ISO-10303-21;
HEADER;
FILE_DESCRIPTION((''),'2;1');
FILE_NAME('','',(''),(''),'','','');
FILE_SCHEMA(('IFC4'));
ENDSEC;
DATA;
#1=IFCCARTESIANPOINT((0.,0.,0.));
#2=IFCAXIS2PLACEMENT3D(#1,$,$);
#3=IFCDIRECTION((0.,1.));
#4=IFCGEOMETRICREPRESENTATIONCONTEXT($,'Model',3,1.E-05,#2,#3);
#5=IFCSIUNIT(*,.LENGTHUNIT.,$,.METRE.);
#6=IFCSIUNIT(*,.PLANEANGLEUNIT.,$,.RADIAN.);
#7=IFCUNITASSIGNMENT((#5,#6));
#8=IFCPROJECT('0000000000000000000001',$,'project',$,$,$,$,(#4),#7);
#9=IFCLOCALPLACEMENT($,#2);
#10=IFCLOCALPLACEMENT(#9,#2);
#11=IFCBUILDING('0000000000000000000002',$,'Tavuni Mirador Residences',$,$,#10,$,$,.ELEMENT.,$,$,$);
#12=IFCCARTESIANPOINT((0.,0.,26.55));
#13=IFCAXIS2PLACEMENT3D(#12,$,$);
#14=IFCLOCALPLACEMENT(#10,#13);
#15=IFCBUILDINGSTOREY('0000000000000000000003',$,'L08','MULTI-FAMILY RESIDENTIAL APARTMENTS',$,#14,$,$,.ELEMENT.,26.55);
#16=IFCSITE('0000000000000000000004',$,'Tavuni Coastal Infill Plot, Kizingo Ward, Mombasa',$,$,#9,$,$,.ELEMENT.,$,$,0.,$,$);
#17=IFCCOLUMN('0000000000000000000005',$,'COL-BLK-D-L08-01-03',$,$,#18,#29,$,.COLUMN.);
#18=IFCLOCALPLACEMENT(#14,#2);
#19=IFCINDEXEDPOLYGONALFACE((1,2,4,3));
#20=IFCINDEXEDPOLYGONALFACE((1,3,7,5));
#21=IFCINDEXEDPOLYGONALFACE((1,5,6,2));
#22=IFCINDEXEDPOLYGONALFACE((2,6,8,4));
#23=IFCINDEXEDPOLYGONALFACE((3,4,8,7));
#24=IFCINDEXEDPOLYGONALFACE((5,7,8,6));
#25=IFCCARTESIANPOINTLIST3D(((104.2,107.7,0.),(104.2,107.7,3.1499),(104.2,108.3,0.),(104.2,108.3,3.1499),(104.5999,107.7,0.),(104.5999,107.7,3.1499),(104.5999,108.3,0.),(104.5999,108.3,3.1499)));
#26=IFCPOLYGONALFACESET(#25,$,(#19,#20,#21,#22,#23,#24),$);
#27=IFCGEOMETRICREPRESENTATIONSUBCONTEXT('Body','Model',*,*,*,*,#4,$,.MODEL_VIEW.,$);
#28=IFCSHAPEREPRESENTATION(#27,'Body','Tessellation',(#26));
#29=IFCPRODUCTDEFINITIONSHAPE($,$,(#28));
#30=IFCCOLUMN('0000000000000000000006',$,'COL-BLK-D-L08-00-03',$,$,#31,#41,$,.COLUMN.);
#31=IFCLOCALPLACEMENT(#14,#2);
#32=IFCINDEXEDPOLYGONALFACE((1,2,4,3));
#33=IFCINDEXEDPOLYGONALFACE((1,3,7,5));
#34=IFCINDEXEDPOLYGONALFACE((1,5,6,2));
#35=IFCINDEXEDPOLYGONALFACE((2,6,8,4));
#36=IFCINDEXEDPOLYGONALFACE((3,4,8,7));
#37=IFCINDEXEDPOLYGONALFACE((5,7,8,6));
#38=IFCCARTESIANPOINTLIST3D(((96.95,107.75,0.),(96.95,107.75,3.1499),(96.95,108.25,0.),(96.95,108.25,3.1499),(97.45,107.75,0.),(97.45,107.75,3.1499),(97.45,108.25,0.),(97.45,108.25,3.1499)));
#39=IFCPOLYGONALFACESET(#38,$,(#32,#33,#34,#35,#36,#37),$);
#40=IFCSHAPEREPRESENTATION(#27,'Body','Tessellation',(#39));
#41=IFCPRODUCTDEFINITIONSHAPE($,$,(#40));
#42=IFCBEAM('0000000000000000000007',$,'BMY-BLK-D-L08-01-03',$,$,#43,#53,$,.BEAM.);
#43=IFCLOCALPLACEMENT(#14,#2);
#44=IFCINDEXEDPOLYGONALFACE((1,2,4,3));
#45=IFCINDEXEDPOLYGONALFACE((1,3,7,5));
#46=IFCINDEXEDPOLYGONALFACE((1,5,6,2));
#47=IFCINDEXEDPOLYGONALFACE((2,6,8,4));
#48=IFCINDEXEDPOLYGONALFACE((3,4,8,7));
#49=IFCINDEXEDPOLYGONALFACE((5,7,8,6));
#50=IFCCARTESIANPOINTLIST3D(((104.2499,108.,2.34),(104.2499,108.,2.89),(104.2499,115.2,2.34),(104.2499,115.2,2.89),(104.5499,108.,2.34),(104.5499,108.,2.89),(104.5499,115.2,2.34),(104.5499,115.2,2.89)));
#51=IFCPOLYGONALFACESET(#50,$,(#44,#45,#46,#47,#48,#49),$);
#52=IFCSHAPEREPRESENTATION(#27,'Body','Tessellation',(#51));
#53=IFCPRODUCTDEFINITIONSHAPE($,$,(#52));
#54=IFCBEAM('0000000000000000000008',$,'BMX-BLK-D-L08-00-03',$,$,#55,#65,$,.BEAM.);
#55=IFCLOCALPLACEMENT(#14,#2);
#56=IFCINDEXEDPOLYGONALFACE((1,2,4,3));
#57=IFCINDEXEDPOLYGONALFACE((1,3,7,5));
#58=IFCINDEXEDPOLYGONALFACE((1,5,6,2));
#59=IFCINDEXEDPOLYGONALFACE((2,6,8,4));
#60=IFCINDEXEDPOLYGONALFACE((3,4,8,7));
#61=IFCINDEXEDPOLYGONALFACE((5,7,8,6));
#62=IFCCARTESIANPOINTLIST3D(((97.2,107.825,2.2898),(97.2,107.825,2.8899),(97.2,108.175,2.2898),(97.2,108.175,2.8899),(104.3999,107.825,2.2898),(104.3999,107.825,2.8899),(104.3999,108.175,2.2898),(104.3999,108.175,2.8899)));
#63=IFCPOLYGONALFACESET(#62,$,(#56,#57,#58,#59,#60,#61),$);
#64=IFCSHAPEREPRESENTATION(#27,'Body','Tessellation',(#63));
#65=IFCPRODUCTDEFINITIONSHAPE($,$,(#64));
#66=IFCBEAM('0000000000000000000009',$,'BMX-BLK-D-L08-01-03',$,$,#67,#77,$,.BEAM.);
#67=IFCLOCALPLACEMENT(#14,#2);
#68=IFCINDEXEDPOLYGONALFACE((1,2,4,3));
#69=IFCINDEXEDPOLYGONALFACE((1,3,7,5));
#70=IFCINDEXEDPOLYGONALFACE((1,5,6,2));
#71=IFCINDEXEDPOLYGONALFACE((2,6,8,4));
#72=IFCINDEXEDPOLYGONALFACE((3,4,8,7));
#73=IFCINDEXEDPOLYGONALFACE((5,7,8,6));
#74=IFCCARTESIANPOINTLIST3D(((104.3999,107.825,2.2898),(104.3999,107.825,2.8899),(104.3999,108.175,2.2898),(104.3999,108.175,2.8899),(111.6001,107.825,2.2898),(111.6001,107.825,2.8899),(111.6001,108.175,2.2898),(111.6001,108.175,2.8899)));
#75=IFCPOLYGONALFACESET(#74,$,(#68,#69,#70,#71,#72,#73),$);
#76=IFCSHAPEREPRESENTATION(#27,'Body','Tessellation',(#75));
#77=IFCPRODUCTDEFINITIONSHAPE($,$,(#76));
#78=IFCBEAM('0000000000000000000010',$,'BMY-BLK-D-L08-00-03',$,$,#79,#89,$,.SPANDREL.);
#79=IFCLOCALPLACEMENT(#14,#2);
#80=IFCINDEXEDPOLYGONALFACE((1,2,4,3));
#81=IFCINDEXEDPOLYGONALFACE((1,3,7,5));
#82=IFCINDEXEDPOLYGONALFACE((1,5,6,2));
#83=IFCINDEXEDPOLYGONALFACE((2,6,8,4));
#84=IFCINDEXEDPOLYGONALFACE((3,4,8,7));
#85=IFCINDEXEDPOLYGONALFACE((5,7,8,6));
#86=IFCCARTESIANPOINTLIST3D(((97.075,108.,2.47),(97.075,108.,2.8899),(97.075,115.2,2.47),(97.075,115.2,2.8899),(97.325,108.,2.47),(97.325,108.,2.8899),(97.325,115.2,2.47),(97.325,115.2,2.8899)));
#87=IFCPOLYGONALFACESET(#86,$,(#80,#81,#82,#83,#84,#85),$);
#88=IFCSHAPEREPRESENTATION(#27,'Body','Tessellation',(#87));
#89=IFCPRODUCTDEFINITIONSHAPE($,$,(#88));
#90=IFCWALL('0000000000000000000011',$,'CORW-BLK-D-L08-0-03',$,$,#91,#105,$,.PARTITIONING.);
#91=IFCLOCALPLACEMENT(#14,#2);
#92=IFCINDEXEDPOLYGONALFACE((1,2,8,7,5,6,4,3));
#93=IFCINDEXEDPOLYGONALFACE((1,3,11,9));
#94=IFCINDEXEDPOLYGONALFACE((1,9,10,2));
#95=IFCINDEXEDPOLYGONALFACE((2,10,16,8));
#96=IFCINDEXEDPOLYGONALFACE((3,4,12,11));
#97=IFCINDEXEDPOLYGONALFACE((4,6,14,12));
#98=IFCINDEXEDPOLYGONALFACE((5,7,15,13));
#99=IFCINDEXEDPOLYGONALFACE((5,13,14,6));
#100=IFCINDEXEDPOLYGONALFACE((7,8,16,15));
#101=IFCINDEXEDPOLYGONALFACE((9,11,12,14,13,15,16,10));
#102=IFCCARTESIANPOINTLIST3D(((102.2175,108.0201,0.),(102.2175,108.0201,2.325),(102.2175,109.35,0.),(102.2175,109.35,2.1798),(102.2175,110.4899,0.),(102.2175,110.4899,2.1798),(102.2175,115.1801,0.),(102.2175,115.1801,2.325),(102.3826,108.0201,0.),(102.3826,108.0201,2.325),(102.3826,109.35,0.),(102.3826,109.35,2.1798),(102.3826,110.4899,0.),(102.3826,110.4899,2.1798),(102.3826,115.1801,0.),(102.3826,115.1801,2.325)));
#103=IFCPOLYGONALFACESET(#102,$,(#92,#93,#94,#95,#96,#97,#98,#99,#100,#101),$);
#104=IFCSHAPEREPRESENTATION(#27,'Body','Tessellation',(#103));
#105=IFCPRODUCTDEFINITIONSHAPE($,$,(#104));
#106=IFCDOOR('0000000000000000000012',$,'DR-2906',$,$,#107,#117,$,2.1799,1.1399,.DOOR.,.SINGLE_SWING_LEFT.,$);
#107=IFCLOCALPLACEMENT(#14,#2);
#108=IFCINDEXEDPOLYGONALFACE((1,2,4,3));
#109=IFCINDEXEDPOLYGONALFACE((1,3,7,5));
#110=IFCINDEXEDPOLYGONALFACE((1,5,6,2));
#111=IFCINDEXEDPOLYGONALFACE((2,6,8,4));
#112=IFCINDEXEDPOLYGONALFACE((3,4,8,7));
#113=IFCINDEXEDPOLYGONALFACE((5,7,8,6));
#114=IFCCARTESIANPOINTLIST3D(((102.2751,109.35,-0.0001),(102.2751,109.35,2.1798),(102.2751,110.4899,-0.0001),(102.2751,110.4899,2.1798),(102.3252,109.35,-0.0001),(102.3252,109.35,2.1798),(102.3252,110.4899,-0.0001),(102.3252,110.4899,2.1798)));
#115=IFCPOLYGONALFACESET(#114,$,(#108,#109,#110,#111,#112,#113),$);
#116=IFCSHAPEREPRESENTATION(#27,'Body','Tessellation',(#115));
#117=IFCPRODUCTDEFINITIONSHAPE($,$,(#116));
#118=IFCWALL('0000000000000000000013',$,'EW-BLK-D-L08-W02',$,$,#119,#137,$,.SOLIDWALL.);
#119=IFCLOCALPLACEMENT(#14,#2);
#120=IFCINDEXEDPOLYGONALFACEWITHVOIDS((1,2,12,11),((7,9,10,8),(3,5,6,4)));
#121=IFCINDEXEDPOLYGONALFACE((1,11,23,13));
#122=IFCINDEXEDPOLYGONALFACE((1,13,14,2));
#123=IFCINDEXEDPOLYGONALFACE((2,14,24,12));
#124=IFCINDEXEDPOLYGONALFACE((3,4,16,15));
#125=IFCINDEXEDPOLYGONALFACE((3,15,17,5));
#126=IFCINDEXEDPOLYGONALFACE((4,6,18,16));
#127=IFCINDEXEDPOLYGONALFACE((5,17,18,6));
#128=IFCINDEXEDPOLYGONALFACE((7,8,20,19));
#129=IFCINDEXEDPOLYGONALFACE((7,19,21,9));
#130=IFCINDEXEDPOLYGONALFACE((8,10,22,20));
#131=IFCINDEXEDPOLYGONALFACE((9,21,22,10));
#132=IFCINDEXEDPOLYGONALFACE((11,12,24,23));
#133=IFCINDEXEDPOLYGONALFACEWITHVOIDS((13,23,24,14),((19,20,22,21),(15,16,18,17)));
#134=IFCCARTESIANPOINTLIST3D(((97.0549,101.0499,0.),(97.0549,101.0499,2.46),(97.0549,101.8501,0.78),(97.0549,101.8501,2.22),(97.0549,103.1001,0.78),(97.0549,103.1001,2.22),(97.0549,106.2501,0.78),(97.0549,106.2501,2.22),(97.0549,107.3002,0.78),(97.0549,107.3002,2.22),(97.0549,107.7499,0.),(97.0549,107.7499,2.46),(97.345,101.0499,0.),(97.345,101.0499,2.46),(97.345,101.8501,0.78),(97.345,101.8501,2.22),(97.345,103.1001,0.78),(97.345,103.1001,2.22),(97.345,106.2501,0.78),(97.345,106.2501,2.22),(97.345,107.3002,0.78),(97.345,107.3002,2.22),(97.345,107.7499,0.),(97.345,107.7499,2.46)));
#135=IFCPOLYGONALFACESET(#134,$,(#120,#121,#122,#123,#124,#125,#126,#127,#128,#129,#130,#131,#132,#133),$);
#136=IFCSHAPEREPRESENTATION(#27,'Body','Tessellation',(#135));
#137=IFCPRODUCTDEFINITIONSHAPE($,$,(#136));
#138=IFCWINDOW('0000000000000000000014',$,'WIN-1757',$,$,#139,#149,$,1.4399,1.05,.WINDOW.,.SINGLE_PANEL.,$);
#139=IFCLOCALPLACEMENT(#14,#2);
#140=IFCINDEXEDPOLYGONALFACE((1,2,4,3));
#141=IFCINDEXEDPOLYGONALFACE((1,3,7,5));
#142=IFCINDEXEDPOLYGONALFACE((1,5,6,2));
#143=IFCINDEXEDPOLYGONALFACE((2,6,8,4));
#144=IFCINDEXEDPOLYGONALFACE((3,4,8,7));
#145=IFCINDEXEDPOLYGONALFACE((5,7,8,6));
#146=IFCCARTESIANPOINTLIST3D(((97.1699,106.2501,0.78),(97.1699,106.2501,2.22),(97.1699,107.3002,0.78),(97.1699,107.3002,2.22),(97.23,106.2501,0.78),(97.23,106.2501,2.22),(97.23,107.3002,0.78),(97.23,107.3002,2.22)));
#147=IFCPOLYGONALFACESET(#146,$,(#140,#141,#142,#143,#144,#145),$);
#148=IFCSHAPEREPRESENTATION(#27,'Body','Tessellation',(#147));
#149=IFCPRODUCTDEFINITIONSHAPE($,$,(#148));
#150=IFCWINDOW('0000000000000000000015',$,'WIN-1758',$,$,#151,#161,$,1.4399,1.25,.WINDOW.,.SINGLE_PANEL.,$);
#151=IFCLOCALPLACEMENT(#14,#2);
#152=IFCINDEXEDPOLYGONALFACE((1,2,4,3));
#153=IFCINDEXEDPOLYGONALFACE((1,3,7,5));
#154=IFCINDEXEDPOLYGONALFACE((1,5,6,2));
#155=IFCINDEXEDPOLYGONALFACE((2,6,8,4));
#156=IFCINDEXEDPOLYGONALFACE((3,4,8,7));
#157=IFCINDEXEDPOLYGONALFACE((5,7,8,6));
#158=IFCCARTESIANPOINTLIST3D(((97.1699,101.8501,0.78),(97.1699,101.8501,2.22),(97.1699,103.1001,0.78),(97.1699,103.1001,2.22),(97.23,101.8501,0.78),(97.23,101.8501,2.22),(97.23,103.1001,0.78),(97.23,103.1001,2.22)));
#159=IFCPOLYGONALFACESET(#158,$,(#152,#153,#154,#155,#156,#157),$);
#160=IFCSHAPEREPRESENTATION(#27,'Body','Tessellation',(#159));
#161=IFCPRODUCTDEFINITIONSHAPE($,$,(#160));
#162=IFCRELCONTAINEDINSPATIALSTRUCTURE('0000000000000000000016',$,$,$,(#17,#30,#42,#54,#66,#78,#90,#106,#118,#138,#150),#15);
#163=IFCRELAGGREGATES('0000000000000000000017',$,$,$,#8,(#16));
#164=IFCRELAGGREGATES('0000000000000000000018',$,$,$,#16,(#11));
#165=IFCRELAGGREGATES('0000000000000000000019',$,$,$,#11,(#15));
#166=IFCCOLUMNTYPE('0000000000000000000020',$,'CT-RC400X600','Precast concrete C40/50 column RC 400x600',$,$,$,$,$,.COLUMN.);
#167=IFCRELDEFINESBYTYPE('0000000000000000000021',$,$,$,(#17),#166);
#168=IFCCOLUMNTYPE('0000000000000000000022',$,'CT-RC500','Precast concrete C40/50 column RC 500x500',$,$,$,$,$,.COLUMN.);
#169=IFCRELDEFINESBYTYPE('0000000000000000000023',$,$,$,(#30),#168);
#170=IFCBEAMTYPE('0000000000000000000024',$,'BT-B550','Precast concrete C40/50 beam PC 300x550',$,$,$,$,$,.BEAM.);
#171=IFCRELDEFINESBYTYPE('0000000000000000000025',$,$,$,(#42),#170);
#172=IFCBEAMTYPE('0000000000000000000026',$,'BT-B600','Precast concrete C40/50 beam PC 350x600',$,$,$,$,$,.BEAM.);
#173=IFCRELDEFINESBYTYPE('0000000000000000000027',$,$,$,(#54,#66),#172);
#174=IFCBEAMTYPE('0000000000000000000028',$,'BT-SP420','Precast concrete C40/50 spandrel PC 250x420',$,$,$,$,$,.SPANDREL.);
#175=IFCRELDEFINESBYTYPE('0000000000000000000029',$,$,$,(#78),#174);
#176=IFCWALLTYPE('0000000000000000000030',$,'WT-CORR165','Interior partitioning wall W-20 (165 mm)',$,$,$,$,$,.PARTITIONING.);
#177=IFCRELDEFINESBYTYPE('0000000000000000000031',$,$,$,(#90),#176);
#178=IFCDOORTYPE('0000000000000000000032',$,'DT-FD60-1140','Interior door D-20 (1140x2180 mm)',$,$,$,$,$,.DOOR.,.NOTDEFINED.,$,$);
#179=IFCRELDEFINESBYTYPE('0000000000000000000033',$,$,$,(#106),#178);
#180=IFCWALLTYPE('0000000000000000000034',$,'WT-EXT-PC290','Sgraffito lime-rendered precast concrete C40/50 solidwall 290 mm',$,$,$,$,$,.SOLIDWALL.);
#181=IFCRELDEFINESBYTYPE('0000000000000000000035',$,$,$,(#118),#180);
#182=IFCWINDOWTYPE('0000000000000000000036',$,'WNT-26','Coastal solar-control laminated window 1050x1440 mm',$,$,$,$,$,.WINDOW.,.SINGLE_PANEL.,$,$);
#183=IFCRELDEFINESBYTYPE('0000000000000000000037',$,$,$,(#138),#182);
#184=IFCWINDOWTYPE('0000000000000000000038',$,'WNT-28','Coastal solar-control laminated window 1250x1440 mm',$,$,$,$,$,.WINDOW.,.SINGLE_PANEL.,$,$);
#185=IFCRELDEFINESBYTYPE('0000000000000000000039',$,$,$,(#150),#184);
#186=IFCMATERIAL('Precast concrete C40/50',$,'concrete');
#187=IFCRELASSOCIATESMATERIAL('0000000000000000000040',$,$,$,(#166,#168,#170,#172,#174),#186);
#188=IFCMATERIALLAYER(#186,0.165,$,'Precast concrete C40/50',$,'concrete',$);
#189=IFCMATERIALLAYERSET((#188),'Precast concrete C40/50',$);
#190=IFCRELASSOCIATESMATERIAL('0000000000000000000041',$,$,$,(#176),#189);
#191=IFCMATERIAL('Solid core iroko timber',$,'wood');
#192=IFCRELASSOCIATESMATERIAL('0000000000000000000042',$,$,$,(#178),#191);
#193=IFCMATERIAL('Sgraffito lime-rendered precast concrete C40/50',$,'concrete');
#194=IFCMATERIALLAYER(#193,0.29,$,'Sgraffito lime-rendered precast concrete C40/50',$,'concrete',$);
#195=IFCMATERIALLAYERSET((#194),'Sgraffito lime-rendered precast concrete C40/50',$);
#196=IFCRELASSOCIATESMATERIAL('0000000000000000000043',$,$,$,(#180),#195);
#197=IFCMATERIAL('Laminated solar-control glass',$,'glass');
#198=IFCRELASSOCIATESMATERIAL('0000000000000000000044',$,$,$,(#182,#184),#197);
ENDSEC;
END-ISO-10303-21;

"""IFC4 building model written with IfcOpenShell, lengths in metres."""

from ifc_helpers import new_model, si_unit, direction, frame, frame_2d, origin, origin_2d, place, context, subcontext, project, spatial, rectangle, extrude, material, layer, layer_set, material_profile, profile_set, type_object, element, fill, save


model = new_model("IFC4")

# Units and contexts
model_context = context("Model", 3, precision=1e-05, world=origin(), true_north=direction((0.0, 1.0)))
body_context = subcontext(model_context, "Body", "Model", "MODEL_VIEW")
ifc_project = project(units=[si_unit("LENGTHUNIT", "METRE"), si_unit("PLANEANGLEUNIT", "RADIAN")], contexts=[model_context])

# Site, building, storey
site_placement = place(None, origin())
site = spatial("IfcSite", under=ifc_project, at=site_placement, Name="Tavuni Coastal Infill Plot, Kizingo Ward, Mombasa", CompositionType="ELEMENT", RefElevation=0.0)
building_placement = place(site_placement, origin())
building = spatial("IfcBuilding", under=site, at=building_placement, Name="Tavuni Mirador Residences", CompositionType="ELEMENT")
storey_placement = place(building_placement, frame((0.0, 0.0, 26.55)))
storey = spatial("IfcBuildingStorey", under=building, at=storey_placement, Name="L08", Description="MULTI-FAMILY RESIDENTIAL APARTMENTS", CompositionType="ELEMENT", Elevation=26.55)

# Columns
ifc_material_1 = material(Name="Precast concrete C40/50", Category="concrete")
ifc_material_profile_1 = material_profile(ifc_material_1, rectangle(XDim=0.3999, YDim=0.6001, at=origin_2d()), Name="RC 400x600", Category="concrete")
ifc_profile_set_1 = profile_set([ifc_material_profile_1], Name="Precast concrete C40/50")
column_type_1 = type_object("IfcColumnType", Name="CT-RC400X600", Description="Precast concrete C40/50 column RC 400x600", PredefinedType="COLUMN", material=ifc_profile_set_1)
column_1_placement = place(storey_placement, frame((104.3999, 108.0, 0.0), z_axis=(0.0, 0.0, 1.0), x_axis=(1.0, 0.0, 0.0)))
element("IfcColumn", 1, at=column_1_placement, inside=storey, type_object=column_type_1, Name="COL-BLK-D-L08-01-03", PredefinedType="COLUMN", context=body_context, shape_type="SweptSolid", body=[
    extrude(rectangle(XDim=0.3999, YDim=0.6001, at=origin_2d()), origin(), (0.0, 0.0, 1.0), 3.1499),
])
ifc_material_profile_2 = material_profile(ifc_material_1, rectangle(XDim=0.5, YDim=0.5, at=origin_2d()), Name="RC 500x500", Category="concrete")
ifc_profile_set_2 = profile_set([ifc_material_profile_2], Name="Precast concrete C40/50")
column_type_2 = type_object("IfcColumnType", Name="CT-RC500", Description="Precast concrete C40/50 column RC 500x500", PredefinedType="COLUMN", material=ifc_profile_set_2)
column_2_placement = place(storey_placement, frame((97.2, 108.0, 0.0), z_axis=(0.0, 0.0, 1.0), x_axis=(1.0, 0.0, 0.0)))
element("IfcColumn", 2, at=column_2_placement, inside=storey, type_object=column_type_2, Name="COL-BLK-D-L08-00-03", PredefinedType="COLUMN", context=body_context, shape_type="SweptSolid", body=[
    extrude(rectangle(XDim=0.5, YDim=0.5, at=origin_2d()), origin(), (0.0, 0.0, 1.0), 3.1499),
])

# Beams
ifc_material_profile_3 = material_profile(ifc_material_1, rectangle(XDim=0.3, YDim=0.55, at=origin_2d()), Name="PC 300x550", Category="concrete")
ifc_profile_set_3 = profile_set([ifc_material_profile_3], Name="Precast concrete C40/50")
beam_type_1 = type_object("IfcBeamType", Name="BT-B550", Description="Precast concrete C40/50 beam PC 300x550", PredefinedType="BEAM", material=ifc_profile_set_3)
beam_1_placement = place(storey_placement, frame((104.3999, 108.0, 2.615), z_axis=(0.0, 1.0, 0.0), x_axis=(-1.0, 0.0, 0.0)))
element("IfcBeam", 3, at=beam_1_placement, inside=storey, type_object=beam_type_1, Name="BMY-BLK-D-L08-01-03", PredefinedType="BEAM", context=body_context, shape_type="SweptSolid", body=[
    extrude(rectangle(XDim=0.3, YDim=0.55, at=origin_2d()), origin(), (0.0, 0.0, 1.0), 7.2),
])
ifc_material_profile_4 = material_profile(ifc_material_1, rectangle(XDim=0.3501, YDim=0.6001, at=origin_2d()), Name="PC 350x600", Category="concrete")
ifc_profile_set_4 = profile_set([ifc_material_profile_4], Name="Precast concrete C40/50")
beam_type_2 = type_object("IfcBeamType", Name="BT-B600", Description="Precast concrete C40/50 beam PC 350x600", PredefinedType="BEAM", material=ifc_profile_set_4)
beam_2_placement = place(storey_placement, frame((97.2, 108.0, 2.5898), z_axis=(1.0, 0.0, 0.0), x_axis=(0.0, 1.0, 0.0)))
element("IfcBeam", 4, at=beam_2_placement, inside=storey, type_object=beam_type_2, Name="BMX-BLK-D-L08-00-03", PredefinedType="BEAM", context=body_context, shape_type="SweptSolid", body=[
    extrude(rectangle(XDim=0.3501, YDim=0.6001, at=origin_2d()), origin(), (0.0, 0.0, 1.0), 7.2),
])
beam_3_placement = place(storey_placement, frame((104.3999, 108.0, 2.5898), z_axis=(1.0, 0.0, 0.0), x_axis=(0.0, 1.0, 0.0)))
element("IfcBeam", 5, at=beam_3_placement, inside=storey, type_object=beam_type_2, Name="BMX-BLK-D-L08-01-03", PredefinedType="BEAM", context=body_context, shape_type="SweptSolid", body=[
    extrude(rectangle(XDim=0.3501, YDim=0.6001, at=origin_2d()), origin(), (0.0, 0.0, 1.0), 7.2002),
])
ifc_material_profile_5 = material_profile(ifc_material_1, rectangle(XDim=0.25, YDim=0.4199, at=origin_2d()), Name="PC 250x420", Category="concrete")
ifc_profile_set_5 = profile_set([ifc_material_profile_5], Name="Precast concrete C40/50")
beam_type_3 = type_object("IfcBeamType", Name="BT-SP420", Description="Precast concrete C40/50 spandrel PC 250x420", PredefinedType="SPANDREL", material=ifc_profile_set_5)
beam_4_placement = place(storey_placement, frame((97.2, 108.0, 2.6799), z_axis=(0.0, 1.0, 0.0), x_axis=(-1.0, 0.0, 0.0)))
element("IfcBeam", 6, at=beam_4_placement, inside=storey, type_object=beam_type_3, Name="BMY-BLK-D-L08-00-03", PredefinedType="SPANDREL", context=body_context, shape_type="SweptSolid", body=[
    extrude(rectangle(XDim=0.25, YDim=0.4199, at=origin_2d()), origin(), (0.0, 0.0, 1.0), 7.2),
])

# Wall, opening, door
ifc_material_2 = material(Name="Solid core iroko timber", Category="wood")
ifc_layer_1 = layer(ifc_material_1, 0.165, Name="Precast concrete C40/50", Category="concrete")
ifc_layer_set_1 = layer_set([ifc_layer_1], Name="Precast concrete C40/50")
wall_type_1 = type_object("IfcWallType", Name="WT-CORR165", Description="Interior partitioning wall W-20 (165 mm)", PredefinedType="PARTITIONING", material=ifc_layer_set_1)
wall_1_placement = place(storey_placement, frame((102.3, 108.02, 0.0), z_axis=(0.0, 0.0, 1.0), x_axis=(0.0, 1.0, 0.0)))
wall_1 = element("IfcWall", 7, at=wall_1_placement, inside=storey, type_object=wall_type_1, Name="CORW-BLK-D-L08-0-03", PredefinedType="PARTITIONING", context=body_context, shape_type="SweptSolid", body=[
    extrude(rectangle(XDim=7.1599, YDim=0.165, at=frame_2d((3.5801, 0.0))), origin(), (0.0, 0.0, 1.0), 2.325),
])
opening_1_placement = place(wall_1_placement, frame((1.3301, 0.0, 0.0)))
opening_1 = element("IfcOpeningElement", 8, at=opening_1_placement, cuts=wall_1, PredefinedType="OPENING", context=body_context, shape_type="SweptSolid", body=[
    extrude(rectangle(XDim=1.1399, YDim=2.1799, at=frame_2d((0.5698, 1.0898))), frame((0.0, 0.0925, 0.0), z_axis=(0.0, -1.0, 0.0), x_axis=(1.0, 0.0, 0.0)), (0.0, 0.0, 1.0), 0.1851),
])
door_type_1 = type_object("IfcDoorType", Name="DT-FD60-1140", Description="Interior door D-20 (1140x2180 mm)", OperationType="NOTDEFINED", PredefinedType="DOOR", material=ifc_material_2)
door_1_placement = place(opening_1_placement, origin())
door_1 = element("IfcDoor", 9, at=door_1_placement, inside=storey, type_object=door_type_1, Name="DR-2906", OperationType="SINGLE_SWING_LEFT", OverallHeight=2.1799, OverallWidth=1.1399, PredefinedType="DOOR", context=body_context, shape_type="SweptSolid", body=[
    extrude(rectangle(XDim=1.1399, YDim=2.1799, at=frame_2d((0.5698, 1.0898))), frame((0.0, 0.0249, 0.0), z_axis=(0.0, -1.0, 0.0), x_axis=(1.0, 0.0, 0.0)), (0.0, 0.0, 1.0), 0.05),
])
fill(opening_1, door_1)

# Wall, openings, windows
ifc_material_3 = material(Name="Sgraffito lime-rendered precast concrete C40/50", Category="concrete")
ifc_layer_2 = layer(ifc_material_3, 0.29, Name="Sgraffito lime-rendered precast concrete C40/50", Category="concrete")
ifc_layer_set_2 = layer_set([ifc_layer_2], Name="Sgraffito lime-rendered precast concrete C40/50")
wall_type_2 = type_object("IfcWallType", Name="WT-EXT-PC290", Description="Sgraffito lime-rendered precast concrete C40/50 solidwall 290 mm", PredefinedType="SOLIDWALL", material=ifc_layer_set_2)
wall_2_placement = place(storey_placement, frame((97.2, 107.75, 0.0), z_axis=(0.0, 0.0, 1.0), x_axis=(0.0, -1.0, 0.0)))
wall_2 = element("IfcWall", 10, at=wall_2_placement, inside=storey, type_object=wall_type_2, Name="EW-BLK-D-L08-W02", PredefinedType="SOLIDWALL", context=body_context, shape_type="SweptSolid", body=[
    extrude(rectangle(XDim=6.7, YDim=0.29, at=frame_2d((3.3501, 0.0))), origin(), (0.0, 0.0, 1.0), 2.46),
])
opening_2_placement = place(wall_2_placement, frame((0.45, 0.0, 0.78)))
opening_2 = element("IfcOpeningElement", 11, at=opening_2_placement, cuts=wall_2, PredefinedType="OPENING", context=body_context, shape_type="SweptSolid", body=[
    extrude(rectangle(XDim=1.05, YDim=1.4399, at=frame_2d((0.5249, 0.72))), frame((0.0, 0.155, 0.0), z_axis=(0.0, -1.0, 0.0), x_axis=(1.0, 0.0, 0.0)), (0.0, 0.0, 1.0), 0.3101),
])
opening_3_placement = place(wall_2_placement, frame((4.6499, 0.0, 0.78)))
opening_3 = element("IfcOpeningElement", 12, at=opening_3_placement, cuts=wall_2, PredefinedType="OPENING", context=body_context, shape_type="SweptSolid", body=[
    extrude(rectangle(XDim=1.25, YDim=1.4399, at=frame_2d((0.625, 0.72))), frame((0.0, 0.155, 0.0), z_axis=(0.0, -1.0, 0.0), x_axis=(1.0, 0.0, 0.0)), (0.0, 0.0, 1.0), 0.3101),
])
ifc_material_4 = material(Name="Laminated solar-control glass", Category="glass")
window_type_1 = type_object("IfcWindowType", Name="WNT-26", Description="Coastal solar-control laminated window 1050x1440 mm", PartitioningType="SINGLE_PANEL", PredefinedType="WINDOW", material=ifc_material_4)
window_1_placement = place(opening_2_placement, origin())
window_1 = element("IfcWindow", 13, at=window_1_placement, inside=storey, type_object=window_type_1, Name="WIN-1757", OverallHeight=1.4399, OverallWidth=1.05, PartitioningType="SINGLE_PANEL", PredefinedType="WINDOW", context=body_context, shape_type="SweptSolid", body=[
    extrude(rectangle(XDim=1.05, YDim=1.4399, at=frame_2d((0.5249, 0.72))), frame((0.0, 0.03, 0.0), z_axis=(0.0, -1.0, 0.0), x_axis=(1.0, 0.0, 0.0)), (0.0, 0.0, 1.0), 0.0601),
])
fill(opening_2, window_1)
window_type_2 = type_object("IfcWindowType", Name="WNT-28", Description="Coastal solar-control laminated window 1250x1440 mm", PartitioningType="SINGLE_PANEL", PredefinedType="WINDOW", material=ifc_material_4)
window_2_placement = place(opening_3_placement, origin())
window_2 = element("IfcWindow", 14, at=window_2_placement, inside=storey, type_object=window_type_2, Name="WIN-1758", OverallHeight=1.4399, OverallWidth=1.25, PartitioningType="SINGLE_PANEL", PredefinedType="WINDOW", context=body_context, shape_type="SweptSolid", body=[
    extrude(rectangle(XDim=1.25, YDim=1.4399, at=frame_2d((0.625, 0.72))), frame((0.0, 0.03, 0.0), z_axis=(0.0, -1.0, 0.0), x_axis=(1.0, 0.0, 0.0)), (0.0, 0.0, 1.0), 0.0601),
])
fill(opening_3, window_2)

save(model, "model.ifc")
